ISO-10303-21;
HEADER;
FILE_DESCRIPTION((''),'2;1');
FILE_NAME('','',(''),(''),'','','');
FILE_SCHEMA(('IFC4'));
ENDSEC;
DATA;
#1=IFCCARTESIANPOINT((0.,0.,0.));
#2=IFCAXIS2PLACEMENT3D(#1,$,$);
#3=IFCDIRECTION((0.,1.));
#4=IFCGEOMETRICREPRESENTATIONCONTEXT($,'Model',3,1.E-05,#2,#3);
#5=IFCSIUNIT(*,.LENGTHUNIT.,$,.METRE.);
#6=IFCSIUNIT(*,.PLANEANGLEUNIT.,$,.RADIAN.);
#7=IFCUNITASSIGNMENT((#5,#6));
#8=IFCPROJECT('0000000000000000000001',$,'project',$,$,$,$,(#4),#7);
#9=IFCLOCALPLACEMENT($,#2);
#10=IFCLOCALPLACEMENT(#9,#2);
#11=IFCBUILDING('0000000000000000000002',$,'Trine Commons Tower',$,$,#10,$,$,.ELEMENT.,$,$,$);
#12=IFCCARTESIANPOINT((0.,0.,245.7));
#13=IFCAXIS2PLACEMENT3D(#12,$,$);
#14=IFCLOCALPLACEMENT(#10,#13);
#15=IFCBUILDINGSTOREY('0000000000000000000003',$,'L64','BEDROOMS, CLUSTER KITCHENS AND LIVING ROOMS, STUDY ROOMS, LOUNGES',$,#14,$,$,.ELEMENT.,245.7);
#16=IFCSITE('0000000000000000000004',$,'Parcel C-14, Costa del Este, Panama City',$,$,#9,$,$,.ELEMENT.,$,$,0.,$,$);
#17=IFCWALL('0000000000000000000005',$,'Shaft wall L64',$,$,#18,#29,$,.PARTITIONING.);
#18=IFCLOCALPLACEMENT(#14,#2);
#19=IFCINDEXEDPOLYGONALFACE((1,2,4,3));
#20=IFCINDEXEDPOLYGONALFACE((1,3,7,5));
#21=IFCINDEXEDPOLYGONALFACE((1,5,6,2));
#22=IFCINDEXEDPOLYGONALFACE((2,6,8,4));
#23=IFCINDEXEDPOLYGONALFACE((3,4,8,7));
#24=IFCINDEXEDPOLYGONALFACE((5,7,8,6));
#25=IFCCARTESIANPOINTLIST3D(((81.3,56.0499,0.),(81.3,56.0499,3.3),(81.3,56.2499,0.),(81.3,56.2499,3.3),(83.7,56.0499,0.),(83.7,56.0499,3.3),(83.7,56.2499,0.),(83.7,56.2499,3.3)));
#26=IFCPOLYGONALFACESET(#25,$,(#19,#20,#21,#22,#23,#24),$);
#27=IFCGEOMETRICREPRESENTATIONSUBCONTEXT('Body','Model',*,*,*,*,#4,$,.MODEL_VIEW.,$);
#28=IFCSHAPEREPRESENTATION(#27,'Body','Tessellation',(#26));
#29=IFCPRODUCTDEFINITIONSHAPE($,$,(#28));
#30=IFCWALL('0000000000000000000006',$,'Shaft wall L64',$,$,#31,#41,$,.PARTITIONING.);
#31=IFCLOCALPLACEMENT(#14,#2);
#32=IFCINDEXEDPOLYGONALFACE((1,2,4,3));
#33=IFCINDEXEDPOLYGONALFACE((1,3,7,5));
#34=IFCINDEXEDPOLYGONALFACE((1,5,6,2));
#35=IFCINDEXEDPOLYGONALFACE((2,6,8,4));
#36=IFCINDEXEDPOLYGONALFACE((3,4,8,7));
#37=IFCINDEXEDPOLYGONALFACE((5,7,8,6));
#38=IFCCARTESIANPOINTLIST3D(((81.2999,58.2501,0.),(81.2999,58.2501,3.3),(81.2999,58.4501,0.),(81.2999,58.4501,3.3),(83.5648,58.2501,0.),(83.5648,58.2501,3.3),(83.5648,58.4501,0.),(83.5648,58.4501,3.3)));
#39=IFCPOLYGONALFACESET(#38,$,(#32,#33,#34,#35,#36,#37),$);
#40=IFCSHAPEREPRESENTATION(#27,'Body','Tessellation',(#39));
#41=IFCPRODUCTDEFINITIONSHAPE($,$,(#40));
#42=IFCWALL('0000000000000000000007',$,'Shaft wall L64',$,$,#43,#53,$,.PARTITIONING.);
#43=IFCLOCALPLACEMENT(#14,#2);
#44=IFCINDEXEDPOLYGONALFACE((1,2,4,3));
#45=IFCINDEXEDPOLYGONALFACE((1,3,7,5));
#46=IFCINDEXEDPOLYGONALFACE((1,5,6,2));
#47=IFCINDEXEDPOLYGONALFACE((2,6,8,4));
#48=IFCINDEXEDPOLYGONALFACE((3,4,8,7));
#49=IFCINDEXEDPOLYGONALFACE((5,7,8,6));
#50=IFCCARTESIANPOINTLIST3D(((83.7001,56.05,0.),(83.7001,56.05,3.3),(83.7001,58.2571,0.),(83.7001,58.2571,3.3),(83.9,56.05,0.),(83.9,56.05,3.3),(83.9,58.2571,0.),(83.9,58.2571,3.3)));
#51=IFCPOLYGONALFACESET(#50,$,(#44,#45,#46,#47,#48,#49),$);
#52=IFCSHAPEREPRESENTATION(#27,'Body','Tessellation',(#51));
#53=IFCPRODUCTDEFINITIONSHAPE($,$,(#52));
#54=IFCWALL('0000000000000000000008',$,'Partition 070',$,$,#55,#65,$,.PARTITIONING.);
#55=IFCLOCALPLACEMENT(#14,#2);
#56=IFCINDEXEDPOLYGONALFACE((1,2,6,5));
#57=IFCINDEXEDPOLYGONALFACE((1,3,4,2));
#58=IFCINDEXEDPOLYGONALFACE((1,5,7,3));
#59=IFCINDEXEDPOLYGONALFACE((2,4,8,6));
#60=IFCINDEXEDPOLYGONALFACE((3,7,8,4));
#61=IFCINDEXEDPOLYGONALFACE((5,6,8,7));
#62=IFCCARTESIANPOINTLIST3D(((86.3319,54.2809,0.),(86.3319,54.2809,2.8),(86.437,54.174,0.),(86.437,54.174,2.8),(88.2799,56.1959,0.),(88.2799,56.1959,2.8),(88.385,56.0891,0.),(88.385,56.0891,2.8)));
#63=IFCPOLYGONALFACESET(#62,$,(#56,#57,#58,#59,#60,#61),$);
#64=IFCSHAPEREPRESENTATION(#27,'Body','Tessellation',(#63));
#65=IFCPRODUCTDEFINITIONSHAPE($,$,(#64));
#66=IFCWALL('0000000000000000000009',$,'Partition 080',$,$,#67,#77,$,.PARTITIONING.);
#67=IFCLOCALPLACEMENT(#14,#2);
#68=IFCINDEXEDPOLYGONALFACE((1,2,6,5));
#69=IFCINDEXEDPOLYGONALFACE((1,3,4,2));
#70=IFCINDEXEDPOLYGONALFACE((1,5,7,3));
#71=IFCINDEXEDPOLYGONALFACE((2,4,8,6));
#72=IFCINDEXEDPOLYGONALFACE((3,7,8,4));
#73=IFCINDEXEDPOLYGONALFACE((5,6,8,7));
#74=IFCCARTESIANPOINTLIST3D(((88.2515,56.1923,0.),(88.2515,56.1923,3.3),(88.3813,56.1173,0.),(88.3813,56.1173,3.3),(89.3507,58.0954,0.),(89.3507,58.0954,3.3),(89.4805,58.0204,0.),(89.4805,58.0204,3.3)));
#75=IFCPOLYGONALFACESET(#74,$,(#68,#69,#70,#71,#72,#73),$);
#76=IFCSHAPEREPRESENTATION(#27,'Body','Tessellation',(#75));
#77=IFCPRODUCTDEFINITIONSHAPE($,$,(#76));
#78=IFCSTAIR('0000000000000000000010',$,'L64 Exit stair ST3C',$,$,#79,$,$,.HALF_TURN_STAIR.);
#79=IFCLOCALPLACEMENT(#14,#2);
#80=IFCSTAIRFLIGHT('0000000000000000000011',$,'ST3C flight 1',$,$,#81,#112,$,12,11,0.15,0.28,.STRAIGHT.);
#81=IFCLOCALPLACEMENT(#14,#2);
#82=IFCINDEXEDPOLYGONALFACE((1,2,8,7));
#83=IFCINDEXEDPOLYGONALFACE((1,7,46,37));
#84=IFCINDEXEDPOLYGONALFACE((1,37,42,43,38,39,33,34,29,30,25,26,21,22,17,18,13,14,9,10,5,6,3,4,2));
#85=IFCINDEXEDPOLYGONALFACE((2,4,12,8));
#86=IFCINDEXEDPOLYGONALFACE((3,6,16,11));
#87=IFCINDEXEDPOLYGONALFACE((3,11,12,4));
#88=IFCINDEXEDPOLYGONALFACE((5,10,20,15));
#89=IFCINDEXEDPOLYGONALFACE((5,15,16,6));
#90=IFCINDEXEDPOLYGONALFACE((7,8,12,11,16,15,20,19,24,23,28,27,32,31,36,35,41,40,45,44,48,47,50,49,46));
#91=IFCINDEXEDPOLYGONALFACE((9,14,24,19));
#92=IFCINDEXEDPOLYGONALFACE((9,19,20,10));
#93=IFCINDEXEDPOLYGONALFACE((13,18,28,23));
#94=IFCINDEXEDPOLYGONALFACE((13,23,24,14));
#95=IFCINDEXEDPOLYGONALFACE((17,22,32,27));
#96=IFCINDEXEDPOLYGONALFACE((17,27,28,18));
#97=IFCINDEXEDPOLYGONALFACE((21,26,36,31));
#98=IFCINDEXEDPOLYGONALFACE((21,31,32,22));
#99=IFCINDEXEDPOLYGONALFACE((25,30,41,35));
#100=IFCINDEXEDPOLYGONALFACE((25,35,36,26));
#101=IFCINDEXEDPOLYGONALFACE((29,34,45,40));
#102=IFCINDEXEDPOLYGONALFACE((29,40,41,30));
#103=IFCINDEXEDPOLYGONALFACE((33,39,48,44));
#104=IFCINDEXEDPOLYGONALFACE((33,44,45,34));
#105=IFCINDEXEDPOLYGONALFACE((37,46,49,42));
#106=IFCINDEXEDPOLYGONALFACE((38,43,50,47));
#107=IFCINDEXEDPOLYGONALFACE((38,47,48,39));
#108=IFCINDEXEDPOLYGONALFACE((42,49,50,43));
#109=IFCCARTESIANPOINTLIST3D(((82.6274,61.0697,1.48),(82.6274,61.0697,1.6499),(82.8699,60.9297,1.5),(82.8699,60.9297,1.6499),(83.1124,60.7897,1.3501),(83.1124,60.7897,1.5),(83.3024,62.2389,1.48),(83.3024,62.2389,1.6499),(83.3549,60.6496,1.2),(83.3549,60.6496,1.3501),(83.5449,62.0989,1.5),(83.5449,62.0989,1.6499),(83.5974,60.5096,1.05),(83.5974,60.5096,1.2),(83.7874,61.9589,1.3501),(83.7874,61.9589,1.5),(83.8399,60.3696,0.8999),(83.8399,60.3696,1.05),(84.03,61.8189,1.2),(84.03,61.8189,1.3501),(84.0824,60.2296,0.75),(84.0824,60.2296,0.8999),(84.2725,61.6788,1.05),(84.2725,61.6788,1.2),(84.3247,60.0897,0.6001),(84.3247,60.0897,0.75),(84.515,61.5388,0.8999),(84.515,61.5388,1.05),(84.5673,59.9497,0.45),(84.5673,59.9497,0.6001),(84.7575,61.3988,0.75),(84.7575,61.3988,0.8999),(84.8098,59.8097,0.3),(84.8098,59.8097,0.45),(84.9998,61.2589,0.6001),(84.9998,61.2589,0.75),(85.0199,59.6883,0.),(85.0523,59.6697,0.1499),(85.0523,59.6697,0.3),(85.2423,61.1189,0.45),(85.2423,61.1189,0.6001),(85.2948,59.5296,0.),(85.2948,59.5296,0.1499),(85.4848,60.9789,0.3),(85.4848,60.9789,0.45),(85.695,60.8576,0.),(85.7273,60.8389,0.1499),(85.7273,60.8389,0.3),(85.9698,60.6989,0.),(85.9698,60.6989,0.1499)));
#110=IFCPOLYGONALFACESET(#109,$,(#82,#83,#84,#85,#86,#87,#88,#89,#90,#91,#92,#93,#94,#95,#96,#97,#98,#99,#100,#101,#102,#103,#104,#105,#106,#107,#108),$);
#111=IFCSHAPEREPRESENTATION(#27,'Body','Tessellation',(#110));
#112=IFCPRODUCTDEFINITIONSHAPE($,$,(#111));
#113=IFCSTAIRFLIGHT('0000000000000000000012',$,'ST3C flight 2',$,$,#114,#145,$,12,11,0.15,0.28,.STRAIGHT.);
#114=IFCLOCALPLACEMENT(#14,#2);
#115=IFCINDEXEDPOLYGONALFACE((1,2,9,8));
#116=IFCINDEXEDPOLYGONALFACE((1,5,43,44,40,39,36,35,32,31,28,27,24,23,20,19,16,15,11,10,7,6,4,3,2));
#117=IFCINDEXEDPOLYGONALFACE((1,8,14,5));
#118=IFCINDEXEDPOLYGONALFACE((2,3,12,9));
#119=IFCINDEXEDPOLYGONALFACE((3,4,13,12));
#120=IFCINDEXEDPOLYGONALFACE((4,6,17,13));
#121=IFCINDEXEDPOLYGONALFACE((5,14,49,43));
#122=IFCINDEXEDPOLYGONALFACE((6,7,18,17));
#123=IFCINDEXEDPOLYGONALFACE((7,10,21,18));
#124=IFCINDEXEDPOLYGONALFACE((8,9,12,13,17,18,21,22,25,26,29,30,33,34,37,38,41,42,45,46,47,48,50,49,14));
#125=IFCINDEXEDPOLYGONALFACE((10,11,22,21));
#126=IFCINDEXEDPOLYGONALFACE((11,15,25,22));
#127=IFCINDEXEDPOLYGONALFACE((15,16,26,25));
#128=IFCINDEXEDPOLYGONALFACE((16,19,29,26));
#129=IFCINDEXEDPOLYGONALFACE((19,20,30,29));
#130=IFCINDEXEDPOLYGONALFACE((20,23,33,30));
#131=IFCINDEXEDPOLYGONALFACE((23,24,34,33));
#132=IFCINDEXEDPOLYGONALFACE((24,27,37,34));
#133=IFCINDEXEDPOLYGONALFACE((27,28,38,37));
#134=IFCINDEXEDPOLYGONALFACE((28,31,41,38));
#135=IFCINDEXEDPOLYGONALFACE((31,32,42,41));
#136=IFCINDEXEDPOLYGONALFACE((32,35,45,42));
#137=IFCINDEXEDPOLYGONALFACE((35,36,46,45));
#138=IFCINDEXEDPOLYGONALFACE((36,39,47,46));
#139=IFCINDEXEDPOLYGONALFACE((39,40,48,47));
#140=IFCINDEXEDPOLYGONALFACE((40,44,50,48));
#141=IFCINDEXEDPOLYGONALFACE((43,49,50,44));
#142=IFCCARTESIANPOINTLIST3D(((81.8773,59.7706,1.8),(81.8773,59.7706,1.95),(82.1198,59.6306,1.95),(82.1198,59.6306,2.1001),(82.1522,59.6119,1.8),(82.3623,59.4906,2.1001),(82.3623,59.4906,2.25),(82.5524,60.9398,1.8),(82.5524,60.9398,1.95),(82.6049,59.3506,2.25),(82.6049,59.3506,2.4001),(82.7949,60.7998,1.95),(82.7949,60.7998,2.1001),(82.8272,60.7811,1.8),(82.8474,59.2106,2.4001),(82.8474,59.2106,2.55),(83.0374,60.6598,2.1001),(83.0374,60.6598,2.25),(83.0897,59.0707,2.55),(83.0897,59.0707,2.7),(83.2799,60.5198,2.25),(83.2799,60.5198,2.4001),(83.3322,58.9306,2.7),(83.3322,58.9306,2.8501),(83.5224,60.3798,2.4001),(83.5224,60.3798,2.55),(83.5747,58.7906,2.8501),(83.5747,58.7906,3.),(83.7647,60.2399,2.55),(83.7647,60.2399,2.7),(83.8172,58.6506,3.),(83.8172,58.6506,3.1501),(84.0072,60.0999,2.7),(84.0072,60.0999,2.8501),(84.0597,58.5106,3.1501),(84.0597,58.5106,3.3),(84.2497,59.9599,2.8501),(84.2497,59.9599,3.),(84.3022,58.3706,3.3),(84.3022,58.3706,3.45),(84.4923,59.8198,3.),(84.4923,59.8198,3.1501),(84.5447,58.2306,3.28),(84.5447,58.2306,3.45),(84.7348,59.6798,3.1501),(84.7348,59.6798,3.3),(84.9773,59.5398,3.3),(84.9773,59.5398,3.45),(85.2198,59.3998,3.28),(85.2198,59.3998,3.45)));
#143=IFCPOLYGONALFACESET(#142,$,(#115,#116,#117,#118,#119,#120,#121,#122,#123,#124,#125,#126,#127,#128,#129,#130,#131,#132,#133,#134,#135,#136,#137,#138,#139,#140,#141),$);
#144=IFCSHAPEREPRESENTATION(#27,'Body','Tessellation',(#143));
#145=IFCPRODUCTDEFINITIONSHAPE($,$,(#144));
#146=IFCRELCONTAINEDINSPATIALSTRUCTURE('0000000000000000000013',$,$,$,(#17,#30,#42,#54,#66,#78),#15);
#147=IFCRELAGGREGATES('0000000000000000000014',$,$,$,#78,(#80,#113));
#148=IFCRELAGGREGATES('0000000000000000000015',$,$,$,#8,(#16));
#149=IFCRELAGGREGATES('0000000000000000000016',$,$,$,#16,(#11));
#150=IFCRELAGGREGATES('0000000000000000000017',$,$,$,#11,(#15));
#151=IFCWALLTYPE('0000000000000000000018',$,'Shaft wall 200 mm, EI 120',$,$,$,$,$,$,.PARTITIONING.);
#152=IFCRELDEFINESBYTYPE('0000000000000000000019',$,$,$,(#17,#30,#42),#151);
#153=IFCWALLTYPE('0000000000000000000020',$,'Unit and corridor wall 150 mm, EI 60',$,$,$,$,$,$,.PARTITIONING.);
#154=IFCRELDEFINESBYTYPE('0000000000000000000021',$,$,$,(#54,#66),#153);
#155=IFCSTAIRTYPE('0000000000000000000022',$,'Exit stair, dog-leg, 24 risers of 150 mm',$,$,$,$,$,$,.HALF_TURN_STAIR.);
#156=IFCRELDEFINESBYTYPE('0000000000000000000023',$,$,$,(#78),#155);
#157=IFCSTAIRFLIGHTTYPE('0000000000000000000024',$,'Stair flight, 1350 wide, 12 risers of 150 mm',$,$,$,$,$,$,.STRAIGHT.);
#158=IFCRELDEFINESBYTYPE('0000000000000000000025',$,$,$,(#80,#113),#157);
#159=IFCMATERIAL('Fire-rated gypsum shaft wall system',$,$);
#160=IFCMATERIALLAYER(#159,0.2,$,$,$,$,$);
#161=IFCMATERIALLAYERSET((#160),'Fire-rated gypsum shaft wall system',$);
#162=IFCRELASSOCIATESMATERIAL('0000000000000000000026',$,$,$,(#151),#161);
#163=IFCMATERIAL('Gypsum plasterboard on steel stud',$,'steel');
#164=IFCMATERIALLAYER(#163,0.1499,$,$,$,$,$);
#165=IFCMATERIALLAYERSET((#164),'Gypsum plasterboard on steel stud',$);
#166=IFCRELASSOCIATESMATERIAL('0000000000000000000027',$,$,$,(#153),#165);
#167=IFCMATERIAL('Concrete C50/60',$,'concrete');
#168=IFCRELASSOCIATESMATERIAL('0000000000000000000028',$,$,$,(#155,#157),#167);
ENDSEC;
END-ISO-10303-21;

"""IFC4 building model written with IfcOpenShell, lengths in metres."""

from ifc_helpers import new_model, si_unit, direction, frame, frame_2d, origin, place, context, subcontext, project, spatial, polyline, rectangle, outline, extrude, material, layer, layer_set, type_object, element, aggregate, save


model = new_model("IFC4")

# Units and contexts
model_context = context("Model", 3, precision=1e-05, world=origin(), true_north=direction((0.0, 1.0)))
body_context = subcontext(model_context, "Body", "Model", "MODEL_VIEW")
ifc_project = project(units=[si_unit("LENGTHUNIT", "METRE"), si_unit("PLANEANGLEUNIT", "RADIAN")], contexts=[model_context])

# Site, building, storey
site_placement = place(None, origin())
site = spatial("IfcSite", under=ifc_project, at=site_placement, Name="Parcel C-14, Costa del Este, Panama City", CompositionType="ELEMENT", RefElevation=0.0)
building_placement = place(site_placement, origin())
building = spatial("IfcBuilding", under=site, at=building_placement, Name="Trine Commons Tower", CompositionType="ELEMENT")
storey_placement = place(building_placement, frame((0.0, 0.0, 245.7)))
storey = spatial("IfcBuildingStorey", under=building, at=storey_placement, Name="L64", Description="BEDROOMS, CLUSTER KITCHENS AND LIVING ROOMS, STUDY ROOMS, LOUNGES", CompositionType="ELEMENT", Elevation=245.7)

# Shared definitions
ifc_material_1 = material(Name="Concrete C50/60", Category="concrete")

# Walls
ifc_material_2 = material(Name="Fire-rated gypsum shaft wall system")
ifc_layer_1 = layer(ifc_material_2, 0.2)
ifc_layer_set_1 = layer_set([ifc_layer_1], Name="Fire-rated gypsum shaft wall system")
wall_type_1 = type_object("IfcWallType", Name="Shaft wall 200 mm, EI 120", PredefinedType="PARTITIONING", material=ifc_layer_set_1)
wall_1_placement = place(storey_placement, frame((81.3, 56.1499, 0.0), z_axis=(0.0, 0.0, 1.0), x_axis=(1.0, 0.0, 0.0)))
element("IfcWall", 1, at=wall_1_placement, inside=storey, type_object=wall_type_1, Name="Shaft wall L64", PredefinedType="PARTITIONING", context=body_context, shape_type="SweptSolid", body=[
    extrude(rectangle(XDim=2.3999, YDim=0.2, at=frame_2d((1.2, 0.0))), origin(), (0.0, 0.0, 1.0), 3.3),
])
wall_2_placement = place(storey_placement, frame((81.3, 58.3501, 0.0), z_axis=(0.0, 0.0, 1.0), x_axis=(1.0, 0.0, 0.0)))
element("IfcWall", 2, at=wall_2_placement, inside=storey, type_object=wall_type_1, Name="Shaft wall L64", PredefinedType="PARTITIONING", context=body_context, shape_type="SweptSolid", body=[
    extrude(rectangle(XDim=2.2649, YDim=0.2, at=frame_2d((1.1323, 0.0))), origin(), (0.0, 0.0, 1.0), 3.3),
])
wall_3_placement = place(storey_placement, frame((83.8, 58.2571, 0.0), z_axis=(0.0, 0.0, 1.0), x_axis=(0.0, -1.0, 0.0)))
element("IfcWall", 3, at=wall_3_placement, inside=storey, type_object=wall_type_1, Name="Shaft wall L64", PredefinedType="PARTITIONING", context=body_context, shape_type="SweptSolid", body=[
    extrude(rectangle(XDim=2.207, YDim=0.2, at=frame_2d((1.1035, 0.0))), origin(), (0.0, 0.0, 1.0), 3.3),
])
ifc_material_3 = material(Name="Gypsum plasterboard on steel stud", Category="steel")
ifc_layer_2 = layer(ifc_material_3, 0.1499)
ifc_layer_set_2 = layer_set([ifc_layer_2], Name="Gypsum plasterboard on steel stud")
wall_type_2 = type_object("IfcWallType", Name="Unit and corridor wall 150 mm, EI 60", PredefinedType="PARTITIONING", material=ifc_layer_set_2)
wall_4_placement = place(storey_placement, frame((86.3845, 54.2275, 0.0), z_axis=(0.0, 0.0, 1.0), x_axis=(0.713114, 0.701048, 0.0)))
element("IfcWall", 4, at=wall_4_placement, inside=storey, type_object=wall_type_2, Name="Partition 070", PredefinedType="PARTITIONING", context=body_context, shape_type="SweptSolid", body=[
    extrude(rectangle(XDim=2.7317, YDim=0.1499, at=frame_2d((1.3657, 0.0))), origin(), (0.0, 0.0, 1.0), 2.8),
])
wall_5_placement = place(storey_placement, frame((88.3164, 56.1548, 0.0), z_axis=(0.0, 0.0, 1.0), x_axis=(0.50013, 0.865951, 0.0)))
element("IfcWall", 5, at=wall_5_placement, inside=storey, type_object=wall_type_2, Name="Partition 080", PredefinedType="PARTITIONING", context=body_context, shape_type="SweptSolid", body=[
    extrude(rectangle(XDim=2.1978, YDim=0.1499, at=frame_2d((1.0989, 0.0))), origin(), (0.0, 0.0, 1.0), 3.3),
])

# Stair, stair flights
stair_type = type_object("IfcStairType", Name="Exit stair, dog-leg, 24 risers of 150 mm", PredefinedType="HALF_TURN_STAIR", material=ifc_material_1)
stair_placement = place(storey_placement, origin())
stair = element("IfcStair", 6, at=stair_placement, inside=storey, type_object=stair_type, Name="L64 Exit stair ST3C", PredefinedType="HALF_TURN_STAIR")
stair_flight_type = type_object("IfcStairFlightType", Name="Stair flight, 1350 wide, 12 risers of 150 mm", PredefinedType="STRAIGHT", material=ifc_material_1)
stair_flight_1_placement = place(storey_placement, frame((85.6323, 60.1143, 0.0), z_axis=(0.0, 0.0, 1.0), x_axis=(-0.866025, 0.5, 0.0)))
stair_flight_1 = element("IfcStairFlight", 7, at=stair_flight_1_placement, type_object=stair_flight_type, Name="ST3C flight 1", NumberOfRisers=12, NumberOfTreads=11, PredefinedType="STRAIGHT", RiserHeight=0.15, TreadLength=0.28, context=body_context, shape_type="SweptSolid", body=[
    extrude(outline(polyline([(0.0, 0.0), (0.0, 0.1499), (0.28, 0.1499), (0.28, 0.3), (0.5601, 0.3), (0.5601, 0.45), (0.8401, 0.45), (0.8401, 0.6001), (1.1201, 0.6001), (1.1201, 0.75), (1.3999, 0.75), (1.3999, 0.8999), (1.6799, 0.8999), (1.6799, 1.05), (1.96, 1.05), (1.96, 1.2), (2.24, 1.2), (2.24, 1.3501), (2.52, 1.3501), (2.52, 1.5), (2.8, 1.5), (2.8, 1.6499), (3.0801, 1.6499), (3.0801, 1.8), (3.0801, 1.48), (0.3174, 0.0), (0.0, 0.0)])), frame((0.0, 0.675, 0.0), z_axis=(0.0, -1.0, 0.0), x_axis=(1.0, 0.0, 0.0)), (0.0, 0.0, 1.0), 1.3501),
])
stair_flight_2_placement = place(storey_placement, frame((82.2148, 60.3552, 1.8), z_axis=(0.0, 0.0, 1.0), x_axis=(0.866025, -0.5, 0.0)))
stair_flight_2 = element("IfcStairFlight", 8, at=stair_flight_2_placement, type_object=stair_flight_type, Name="ST3C flight 2", NumberOfRisers=12, NumberOfTreads=11, PredefinedType="STRAIGHT", RiserHeight=0.15, TreadLength=0.28, context=body_context, shape_type="SweptSolid", body=[
    extrude(outline(polyline([(0.0, 0.0), (0.0, 0.1499), (0.28, 0.1499), (0.28, 0.3), (0.5601, 0.3), (0.5601, 0.45), (0.8401, 0.45), (0.8401, 0.6001), (1.1201, 0.6001), (1.1201, 0.75), (1.3999, 0.75), (1.3999, 0.8999), (1.6799, 0.8999), (1.6799, 1.05), (1.96, 1.05), (1.96, 1.2), (2.24, 1.2), (2.24, 1.3501), (2.52, 1.3501), (2.52, 1.5), (2.8, 1.5), (2.8, 1.6499), (3.0801, 1.6499), (3.0801, 1.8), (3.0801, 1.48), (0.3174, 0.0), (0.0, 0.0)])), frame((0.0, 0.675, 0.0), z_axis=(0.0, -1.0, 0.0), x_axis=(1.0, 0.0, 0.0)), (0.0, 0.0, 1.0), 1.3501),
])
aggregate(stair, [stair_flight_1, stair_flight_2])

save(model, "model.ifc")
